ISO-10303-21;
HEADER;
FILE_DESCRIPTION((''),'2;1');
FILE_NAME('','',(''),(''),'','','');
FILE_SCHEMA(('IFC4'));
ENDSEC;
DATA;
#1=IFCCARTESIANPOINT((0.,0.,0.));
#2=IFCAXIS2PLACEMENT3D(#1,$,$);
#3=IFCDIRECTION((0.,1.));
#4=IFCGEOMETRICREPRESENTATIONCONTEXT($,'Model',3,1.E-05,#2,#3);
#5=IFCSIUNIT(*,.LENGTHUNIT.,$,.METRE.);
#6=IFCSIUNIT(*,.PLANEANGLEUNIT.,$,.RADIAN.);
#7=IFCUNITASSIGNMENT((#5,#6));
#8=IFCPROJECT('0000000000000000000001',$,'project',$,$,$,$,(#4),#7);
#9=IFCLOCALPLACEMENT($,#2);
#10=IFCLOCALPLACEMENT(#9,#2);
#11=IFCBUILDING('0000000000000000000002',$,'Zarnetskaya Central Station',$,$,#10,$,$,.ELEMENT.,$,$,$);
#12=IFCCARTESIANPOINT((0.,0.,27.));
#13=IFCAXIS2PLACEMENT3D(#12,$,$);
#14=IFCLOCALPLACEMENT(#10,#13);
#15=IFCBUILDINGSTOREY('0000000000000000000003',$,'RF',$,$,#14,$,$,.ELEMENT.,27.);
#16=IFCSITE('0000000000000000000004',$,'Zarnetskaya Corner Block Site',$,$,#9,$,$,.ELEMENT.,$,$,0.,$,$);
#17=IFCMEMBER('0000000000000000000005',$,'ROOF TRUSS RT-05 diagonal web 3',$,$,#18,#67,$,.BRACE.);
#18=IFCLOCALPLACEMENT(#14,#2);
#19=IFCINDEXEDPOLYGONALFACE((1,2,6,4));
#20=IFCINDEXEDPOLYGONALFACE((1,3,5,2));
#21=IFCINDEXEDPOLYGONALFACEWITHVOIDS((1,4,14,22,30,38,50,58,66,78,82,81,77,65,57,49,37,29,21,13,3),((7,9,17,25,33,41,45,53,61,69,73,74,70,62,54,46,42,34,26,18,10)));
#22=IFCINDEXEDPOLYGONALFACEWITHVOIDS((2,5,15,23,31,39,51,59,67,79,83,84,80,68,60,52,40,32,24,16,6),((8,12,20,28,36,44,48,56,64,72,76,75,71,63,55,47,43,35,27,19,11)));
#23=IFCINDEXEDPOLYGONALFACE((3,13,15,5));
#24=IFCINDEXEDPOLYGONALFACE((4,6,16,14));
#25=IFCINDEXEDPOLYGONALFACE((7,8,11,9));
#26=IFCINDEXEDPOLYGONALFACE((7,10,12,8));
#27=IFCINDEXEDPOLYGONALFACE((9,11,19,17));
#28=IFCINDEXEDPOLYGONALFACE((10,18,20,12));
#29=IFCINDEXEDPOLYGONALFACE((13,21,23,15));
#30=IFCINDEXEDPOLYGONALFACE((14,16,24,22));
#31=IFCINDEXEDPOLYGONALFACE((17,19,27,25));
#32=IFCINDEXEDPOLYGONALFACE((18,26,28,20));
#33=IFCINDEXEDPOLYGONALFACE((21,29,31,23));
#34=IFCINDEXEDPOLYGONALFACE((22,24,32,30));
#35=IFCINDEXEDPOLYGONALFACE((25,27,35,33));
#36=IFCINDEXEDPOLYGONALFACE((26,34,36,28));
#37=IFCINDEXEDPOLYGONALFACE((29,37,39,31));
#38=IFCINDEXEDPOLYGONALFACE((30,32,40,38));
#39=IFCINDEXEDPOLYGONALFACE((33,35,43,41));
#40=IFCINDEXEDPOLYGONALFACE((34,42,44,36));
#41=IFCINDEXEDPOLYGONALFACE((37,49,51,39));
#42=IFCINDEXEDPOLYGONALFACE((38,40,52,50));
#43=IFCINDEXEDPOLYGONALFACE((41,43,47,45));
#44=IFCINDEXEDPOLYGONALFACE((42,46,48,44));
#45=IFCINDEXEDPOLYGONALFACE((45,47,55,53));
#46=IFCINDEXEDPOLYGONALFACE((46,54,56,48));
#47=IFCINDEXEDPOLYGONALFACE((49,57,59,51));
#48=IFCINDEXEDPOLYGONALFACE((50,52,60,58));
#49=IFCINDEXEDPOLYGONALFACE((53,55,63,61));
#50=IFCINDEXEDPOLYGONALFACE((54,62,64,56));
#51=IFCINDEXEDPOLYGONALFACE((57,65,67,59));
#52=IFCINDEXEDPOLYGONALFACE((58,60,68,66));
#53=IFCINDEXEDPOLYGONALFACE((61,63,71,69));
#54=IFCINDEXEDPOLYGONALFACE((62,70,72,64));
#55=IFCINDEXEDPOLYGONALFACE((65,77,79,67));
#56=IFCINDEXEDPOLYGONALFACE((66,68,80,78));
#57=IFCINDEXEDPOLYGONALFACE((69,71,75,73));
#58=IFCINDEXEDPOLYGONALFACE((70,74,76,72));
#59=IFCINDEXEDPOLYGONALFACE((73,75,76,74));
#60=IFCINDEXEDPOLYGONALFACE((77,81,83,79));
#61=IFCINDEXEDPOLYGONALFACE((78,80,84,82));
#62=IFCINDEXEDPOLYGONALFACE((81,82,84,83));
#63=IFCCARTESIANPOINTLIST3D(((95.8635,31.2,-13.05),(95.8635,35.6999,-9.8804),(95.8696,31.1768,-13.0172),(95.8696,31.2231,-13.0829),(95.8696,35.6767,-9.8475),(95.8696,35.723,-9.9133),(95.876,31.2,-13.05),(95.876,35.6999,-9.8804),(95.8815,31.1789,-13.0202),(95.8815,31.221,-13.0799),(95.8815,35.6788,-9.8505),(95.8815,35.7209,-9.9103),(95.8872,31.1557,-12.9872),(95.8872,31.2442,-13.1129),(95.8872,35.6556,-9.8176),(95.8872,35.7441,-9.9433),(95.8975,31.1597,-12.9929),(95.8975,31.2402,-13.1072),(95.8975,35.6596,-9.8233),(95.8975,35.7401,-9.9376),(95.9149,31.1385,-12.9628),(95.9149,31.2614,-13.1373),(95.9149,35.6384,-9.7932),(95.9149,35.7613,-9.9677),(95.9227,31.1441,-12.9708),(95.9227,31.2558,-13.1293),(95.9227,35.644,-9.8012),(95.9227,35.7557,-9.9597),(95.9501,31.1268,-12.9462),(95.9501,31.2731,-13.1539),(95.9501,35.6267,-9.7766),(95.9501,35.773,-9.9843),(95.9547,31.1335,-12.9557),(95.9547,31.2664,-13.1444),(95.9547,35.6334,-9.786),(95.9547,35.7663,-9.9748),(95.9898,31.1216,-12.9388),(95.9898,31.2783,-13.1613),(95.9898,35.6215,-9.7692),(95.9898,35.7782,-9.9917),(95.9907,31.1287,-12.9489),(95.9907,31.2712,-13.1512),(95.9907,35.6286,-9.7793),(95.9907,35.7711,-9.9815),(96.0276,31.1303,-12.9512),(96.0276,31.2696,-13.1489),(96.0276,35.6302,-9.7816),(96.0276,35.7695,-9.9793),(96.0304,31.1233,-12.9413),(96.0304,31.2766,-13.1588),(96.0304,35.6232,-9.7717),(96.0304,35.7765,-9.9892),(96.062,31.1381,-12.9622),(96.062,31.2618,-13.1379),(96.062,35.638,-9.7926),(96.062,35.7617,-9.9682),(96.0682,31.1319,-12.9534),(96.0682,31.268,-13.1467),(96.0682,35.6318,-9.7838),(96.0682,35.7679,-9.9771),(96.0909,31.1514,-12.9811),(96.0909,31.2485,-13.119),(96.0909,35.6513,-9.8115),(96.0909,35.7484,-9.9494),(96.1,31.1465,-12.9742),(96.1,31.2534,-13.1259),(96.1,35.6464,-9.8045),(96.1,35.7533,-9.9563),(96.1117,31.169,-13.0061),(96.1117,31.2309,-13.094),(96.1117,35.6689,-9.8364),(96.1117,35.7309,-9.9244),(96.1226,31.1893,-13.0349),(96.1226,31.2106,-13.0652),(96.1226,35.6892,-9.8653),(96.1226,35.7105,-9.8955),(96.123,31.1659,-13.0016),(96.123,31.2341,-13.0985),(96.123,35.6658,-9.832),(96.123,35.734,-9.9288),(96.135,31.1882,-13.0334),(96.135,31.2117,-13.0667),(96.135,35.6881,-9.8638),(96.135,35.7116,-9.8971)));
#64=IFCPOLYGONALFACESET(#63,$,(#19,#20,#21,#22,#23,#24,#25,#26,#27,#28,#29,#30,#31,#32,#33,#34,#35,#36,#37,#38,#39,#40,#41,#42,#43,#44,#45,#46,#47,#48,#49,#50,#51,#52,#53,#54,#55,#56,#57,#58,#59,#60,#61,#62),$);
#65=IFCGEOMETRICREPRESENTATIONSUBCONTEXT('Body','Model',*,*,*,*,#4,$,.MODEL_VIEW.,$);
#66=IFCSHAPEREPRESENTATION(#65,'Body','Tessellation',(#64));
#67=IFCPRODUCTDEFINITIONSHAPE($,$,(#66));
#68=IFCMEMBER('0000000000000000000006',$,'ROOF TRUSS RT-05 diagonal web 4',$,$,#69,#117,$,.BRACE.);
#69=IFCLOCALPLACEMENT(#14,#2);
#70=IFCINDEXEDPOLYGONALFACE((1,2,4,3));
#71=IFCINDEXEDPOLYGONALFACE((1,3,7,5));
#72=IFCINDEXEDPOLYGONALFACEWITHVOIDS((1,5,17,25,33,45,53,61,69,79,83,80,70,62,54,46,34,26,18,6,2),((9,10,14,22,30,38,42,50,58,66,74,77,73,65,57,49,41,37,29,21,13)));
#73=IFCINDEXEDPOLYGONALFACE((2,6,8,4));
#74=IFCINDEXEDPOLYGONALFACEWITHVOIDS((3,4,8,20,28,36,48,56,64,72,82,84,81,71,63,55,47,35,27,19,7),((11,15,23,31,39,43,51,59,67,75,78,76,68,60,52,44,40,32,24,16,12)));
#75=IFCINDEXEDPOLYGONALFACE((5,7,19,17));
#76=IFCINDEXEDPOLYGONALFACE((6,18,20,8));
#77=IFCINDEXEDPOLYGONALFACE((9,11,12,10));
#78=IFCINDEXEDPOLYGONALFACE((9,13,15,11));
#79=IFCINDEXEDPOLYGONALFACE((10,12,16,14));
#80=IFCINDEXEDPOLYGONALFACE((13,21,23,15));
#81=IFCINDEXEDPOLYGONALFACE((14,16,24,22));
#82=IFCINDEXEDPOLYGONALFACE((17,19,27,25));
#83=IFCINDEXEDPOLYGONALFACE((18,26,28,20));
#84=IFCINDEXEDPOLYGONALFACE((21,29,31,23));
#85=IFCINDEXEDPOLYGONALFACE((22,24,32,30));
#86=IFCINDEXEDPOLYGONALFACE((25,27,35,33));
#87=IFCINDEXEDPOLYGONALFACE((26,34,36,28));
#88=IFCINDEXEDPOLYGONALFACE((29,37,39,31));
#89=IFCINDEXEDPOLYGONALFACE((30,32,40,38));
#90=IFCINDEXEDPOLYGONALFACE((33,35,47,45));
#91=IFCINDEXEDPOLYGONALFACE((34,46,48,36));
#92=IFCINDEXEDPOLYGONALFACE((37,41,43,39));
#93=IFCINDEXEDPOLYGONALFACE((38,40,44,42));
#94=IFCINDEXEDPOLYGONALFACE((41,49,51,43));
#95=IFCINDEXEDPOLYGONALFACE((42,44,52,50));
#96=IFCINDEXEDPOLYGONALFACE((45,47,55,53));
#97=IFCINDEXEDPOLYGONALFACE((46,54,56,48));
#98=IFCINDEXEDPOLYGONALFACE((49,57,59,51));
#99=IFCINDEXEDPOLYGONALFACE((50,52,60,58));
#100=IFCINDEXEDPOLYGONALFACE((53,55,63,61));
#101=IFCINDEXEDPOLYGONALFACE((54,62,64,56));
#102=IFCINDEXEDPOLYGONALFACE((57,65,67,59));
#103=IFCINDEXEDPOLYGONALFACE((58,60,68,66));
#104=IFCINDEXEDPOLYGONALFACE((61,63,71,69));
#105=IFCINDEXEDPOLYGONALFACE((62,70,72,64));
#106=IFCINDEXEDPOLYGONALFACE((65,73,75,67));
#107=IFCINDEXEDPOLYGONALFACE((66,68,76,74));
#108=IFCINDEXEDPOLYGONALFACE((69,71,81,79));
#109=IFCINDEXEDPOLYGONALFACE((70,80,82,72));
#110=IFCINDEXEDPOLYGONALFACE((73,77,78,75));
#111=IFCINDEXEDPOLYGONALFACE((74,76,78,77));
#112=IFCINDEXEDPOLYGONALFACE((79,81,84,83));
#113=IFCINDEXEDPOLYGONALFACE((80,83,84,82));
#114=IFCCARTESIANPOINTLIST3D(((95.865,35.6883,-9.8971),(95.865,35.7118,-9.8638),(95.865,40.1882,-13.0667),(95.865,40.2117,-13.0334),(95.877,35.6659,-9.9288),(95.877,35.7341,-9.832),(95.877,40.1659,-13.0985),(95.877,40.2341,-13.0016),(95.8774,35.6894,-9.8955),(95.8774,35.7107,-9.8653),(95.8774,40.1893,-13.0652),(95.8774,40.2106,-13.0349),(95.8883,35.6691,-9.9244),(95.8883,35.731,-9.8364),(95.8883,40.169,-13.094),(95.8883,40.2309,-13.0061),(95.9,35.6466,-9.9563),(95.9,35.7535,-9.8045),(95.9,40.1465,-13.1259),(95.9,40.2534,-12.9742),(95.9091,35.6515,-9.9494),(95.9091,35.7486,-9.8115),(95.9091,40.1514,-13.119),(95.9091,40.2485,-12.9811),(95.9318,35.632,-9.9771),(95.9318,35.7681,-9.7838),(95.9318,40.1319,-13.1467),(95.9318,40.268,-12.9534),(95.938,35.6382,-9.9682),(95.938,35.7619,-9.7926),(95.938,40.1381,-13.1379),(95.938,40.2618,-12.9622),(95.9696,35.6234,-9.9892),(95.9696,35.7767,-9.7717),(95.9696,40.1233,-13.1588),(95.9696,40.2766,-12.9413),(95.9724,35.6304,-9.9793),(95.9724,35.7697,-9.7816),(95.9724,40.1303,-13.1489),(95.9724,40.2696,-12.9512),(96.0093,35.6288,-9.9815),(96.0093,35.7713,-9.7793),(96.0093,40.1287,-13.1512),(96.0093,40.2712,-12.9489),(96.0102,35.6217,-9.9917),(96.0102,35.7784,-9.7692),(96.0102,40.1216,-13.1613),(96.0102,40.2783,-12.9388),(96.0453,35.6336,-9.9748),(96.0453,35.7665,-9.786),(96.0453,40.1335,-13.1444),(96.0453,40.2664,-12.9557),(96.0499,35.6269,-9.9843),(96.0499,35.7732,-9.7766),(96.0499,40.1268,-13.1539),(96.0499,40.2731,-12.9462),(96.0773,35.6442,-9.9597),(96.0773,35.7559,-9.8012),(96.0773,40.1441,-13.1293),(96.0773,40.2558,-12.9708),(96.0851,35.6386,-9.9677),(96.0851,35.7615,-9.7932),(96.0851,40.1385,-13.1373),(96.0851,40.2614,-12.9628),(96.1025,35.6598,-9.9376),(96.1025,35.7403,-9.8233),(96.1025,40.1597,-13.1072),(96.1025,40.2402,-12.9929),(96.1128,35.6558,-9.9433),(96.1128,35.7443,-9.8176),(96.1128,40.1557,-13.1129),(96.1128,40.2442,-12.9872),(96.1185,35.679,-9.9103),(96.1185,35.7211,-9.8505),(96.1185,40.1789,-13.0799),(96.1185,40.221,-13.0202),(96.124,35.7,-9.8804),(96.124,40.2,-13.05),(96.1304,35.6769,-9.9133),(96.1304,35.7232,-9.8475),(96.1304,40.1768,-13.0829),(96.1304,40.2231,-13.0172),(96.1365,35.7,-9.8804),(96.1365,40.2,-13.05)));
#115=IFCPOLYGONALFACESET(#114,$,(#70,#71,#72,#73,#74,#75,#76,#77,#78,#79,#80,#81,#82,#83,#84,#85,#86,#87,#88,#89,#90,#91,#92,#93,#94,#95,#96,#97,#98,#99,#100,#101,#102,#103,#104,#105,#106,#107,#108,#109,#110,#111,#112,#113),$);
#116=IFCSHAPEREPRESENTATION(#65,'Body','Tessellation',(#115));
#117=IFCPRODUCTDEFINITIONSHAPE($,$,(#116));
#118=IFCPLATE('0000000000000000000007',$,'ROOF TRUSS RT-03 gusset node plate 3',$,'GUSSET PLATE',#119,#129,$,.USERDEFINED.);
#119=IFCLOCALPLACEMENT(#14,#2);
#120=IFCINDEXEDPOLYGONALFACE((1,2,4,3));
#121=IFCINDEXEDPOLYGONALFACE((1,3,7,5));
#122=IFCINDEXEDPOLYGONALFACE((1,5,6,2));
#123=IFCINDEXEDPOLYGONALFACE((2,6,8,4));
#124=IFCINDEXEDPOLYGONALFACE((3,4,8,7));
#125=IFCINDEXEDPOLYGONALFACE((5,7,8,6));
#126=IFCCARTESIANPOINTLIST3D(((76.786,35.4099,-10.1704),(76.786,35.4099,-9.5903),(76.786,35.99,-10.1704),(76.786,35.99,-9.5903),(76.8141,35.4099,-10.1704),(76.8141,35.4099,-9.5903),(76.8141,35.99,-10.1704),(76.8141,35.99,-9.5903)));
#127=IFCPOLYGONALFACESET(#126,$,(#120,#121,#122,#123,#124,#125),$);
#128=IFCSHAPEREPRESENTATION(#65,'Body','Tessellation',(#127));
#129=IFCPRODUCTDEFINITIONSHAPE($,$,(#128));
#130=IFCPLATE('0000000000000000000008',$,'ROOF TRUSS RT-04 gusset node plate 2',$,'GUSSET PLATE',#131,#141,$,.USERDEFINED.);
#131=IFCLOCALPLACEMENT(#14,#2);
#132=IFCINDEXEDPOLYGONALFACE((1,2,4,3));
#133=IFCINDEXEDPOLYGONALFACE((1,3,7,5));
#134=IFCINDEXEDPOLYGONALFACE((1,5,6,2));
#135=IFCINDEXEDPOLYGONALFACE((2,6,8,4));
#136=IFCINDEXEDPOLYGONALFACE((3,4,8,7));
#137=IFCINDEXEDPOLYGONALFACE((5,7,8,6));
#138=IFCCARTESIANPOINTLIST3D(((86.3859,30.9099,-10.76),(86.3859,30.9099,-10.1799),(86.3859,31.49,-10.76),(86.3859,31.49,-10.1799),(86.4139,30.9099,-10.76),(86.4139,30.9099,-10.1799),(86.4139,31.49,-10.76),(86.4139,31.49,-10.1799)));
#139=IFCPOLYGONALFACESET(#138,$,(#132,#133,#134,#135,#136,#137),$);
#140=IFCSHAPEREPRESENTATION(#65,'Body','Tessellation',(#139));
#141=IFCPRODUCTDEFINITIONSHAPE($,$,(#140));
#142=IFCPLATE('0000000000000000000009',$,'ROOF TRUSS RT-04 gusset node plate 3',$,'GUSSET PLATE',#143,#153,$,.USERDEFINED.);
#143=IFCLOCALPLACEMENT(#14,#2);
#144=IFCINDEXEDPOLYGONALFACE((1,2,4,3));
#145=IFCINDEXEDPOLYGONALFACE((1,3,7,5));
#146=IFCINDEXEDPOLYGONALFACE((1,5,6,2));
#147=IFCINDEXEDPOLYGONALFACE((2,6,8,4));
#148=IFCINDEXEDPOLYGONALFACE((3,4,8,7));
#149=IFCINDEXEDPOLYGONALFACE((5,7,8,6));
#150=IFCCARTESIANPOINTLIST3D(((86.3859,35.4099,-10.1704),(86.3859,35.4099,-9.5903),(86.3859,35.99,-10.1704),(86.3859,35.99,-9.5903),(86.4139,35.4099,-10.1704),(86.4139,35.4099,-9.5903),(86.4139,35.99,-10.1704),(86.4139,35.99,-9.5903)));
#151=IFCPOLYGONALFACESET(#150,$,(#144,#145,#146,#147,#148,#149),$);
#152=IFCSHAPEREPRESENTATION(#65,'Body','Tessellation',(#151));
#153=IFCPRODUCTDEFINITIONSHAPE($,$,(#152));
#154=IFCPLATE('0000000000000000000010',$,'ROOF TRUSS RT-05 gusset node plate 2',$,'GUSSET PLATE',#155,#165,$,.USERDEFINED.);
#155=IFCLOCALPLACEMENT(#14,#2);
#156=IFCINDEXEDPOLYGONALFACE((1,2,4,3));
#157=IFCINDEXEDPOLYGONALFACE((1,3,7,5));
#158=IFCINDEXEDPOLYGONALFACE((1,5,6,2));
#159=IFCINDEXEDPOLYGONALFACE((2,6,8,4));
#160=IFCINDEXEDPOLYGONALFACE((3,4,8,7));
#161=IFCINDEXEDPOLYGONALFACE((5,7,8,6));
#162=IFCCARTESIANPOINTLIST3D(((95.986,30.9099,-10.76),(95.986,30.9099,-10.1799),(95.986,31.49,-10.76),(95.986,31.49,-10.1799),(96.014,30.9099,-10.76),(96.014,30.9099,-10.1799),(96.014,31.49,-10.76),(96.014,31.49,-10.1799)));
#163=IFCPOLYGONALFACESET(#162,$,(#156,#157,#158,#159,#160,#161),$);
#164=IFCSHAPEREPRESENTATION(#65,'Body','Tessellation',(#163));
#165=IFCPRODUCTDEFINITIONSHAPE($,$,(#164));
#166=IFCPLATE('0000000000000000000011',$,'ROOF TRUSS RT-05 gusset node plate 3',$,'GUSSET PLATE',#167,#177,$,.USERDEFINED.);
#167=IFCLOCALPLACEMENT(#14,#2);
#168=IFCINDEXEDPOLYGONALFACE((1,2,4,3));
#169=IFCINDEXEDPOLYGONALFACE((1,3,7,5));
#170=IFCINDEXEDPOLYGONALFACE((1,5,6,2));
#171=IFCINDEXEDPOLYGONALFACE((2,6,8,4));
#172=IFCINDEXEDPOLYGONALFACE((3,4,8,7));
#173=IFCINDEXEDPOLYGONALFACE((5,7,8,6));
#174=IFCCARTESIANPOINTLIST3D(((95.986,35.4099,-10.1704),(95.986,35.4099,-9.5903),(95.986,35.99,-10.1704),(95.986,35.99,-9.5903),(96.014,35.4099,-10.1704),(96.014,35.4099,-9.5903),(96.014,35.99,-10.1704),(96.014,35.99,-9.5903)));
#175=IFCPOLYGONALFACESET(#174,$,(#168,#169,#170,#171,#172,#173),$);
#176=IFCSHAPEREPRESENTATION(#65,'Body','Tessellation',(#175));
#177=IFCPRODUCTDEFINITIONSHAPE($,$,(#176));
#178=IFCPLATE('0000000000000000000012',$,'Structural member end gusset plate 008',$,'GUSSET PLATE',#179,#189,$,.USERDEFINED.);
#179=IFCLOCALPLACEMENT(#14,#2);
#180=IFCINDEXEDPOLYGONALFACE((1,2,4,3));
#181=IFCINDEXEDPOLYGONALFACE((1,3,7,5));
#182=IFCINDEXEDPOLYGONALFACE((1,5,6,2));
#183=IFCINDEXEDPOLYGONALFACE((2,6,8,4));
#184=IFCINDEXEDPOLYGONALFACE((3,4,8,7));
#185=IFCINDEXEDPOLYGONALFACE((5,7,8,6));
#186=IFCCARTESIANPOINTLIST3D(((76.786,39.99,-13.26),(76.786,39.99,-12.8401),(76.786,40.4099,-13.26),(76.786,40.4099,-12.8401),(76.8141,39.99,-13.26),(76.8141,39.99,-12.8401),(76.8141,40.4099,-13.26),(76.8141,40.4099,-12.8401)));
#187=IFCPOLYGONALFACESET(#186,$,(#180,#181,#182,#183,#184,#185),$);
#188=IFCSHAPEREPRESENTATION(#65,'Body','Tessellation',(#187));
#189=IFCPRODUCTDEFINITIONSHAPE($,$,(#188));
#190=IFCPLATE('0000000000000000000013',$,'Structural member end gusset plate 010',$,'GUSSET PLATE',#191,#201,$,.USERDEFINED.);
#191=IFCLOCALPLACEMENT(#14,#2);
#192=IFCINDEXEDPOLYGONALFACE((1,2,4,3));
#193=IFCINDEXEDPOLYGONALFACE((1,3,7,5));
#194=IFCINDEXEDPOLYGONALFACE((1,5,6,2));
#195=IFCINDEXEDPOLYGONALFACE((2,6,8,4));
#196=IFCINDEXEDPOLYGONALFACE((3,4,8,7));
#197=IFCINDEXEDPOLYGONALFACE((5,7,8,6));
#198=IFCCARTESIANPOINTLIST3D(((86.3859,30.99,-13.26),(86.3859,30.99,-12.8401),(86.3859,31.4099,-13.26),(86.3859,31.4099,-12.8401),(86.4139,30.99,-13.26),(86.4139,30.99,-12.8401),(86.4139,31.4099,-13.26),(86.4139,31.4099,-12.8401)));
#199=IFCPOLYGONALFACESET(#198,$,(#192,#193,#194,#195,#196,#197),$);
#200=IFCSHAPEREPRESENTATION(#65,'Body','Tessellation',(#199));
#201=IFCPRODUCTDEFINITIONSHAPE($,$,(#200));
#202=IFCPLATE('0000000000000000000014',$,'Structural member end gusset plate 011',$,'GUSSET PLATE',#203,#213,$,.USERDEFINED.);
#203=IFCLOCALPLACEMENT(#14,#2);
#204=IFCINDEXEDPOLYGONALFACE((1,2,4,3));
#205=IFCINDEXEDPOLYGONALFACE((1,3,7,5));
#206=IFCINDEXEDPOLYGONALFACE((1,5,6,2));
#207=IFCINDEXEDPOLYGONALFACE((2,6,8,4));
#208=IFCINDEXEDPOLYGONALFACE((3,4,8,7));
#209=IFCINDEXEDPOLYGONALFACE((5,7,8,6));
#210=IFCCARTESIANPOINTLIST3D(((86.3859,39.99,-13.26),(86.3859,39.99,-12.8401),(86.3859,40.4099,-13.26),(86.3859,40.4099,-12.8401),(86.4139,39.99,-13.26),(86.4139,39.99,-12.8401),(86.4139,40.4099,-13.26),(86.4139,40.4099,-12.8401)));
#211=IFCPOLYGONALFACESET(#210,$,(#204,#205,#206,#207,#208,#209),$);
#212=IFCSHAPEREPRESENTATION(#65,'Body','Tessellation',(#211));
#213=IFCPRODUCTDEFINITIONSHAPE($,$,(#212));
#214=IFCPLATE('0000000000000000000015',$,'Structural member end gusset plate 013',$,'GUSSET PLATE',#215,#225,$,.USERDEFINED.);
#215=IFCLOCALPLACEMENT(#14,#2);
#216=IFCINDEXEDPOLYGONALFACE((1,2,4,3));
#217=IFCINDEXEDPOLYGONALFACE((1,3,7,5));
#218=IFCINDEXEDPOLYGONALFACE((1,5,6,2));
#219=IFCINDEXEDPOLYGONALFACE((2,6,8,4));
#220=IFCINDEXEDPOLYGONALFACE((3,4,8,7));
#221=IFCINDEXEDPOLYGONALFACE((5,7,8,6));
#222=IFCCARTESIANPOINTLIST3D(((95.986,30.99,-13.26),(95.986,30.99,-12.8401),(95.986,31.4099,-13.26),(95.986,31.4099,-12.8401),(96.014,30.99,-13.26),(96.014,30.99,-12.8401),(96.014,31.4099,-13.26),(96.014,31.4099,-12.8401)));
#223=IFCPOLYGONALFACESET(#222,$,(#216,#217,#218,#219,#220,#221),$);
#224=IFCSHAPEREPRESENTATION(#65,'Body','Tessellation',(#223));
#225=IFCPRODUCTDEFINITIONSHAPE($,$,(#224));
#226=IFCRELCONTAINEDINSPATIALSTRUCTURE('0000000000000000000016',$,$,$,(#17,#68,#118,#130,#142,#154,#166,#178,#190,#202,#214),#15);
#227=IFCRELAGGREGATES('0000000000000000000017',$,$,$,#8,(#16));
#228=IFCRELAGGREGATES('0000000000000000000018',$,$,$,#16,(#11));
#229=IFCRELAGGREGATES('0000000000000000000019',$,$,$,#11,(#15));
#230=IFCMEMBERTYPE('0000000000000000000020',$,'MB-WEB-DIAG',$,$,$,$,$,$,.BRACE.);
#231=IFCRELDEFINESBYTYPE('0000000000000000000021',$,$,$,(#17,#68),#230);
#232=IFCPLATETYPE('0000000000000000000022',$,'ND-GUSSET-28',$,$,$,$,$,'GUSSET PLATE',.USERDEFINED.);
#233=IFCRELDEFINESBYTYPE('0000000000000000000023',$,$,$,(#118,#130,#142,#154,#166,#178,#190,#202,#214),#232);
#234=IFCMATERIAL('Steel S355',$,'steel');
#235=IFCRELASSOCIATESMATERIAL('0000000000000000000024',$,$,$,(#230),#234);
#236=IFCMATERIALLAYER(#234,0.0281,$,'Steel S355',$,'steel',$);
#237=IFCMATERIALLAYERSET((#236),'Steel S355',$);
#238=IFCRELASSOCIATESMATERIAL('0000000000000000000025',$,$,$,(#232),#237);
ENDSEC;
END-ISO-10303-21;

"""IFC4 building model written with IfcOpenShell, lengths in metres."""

from ifc_helpers import new_model, si_unit, direction, frame, origin, origin_2d, place, context, subcontext, project, spatial, rectangle, hollow_circle, extrude, material, layer, layer_set, material_profile, profile_set, type_object, element, save


model = new_model("IFC4")

# Units and contexts
model_context = context("Model", 3, precision=1e-05, world=origin(), true_north=direction((0.0, 1.0)))
body_context = subcontext(model_context, "Body", "Model", "MODEL_VIEW")
ifc_project = project(units=[si_unit("LENGTHUNIT", "METRE"), si_unit("PLANEANGLEUNIT", "RADIAN")], contexts=[model_context])

# Site, building, storey
site_placement = place(None, origin())
site = spatial("IfcSite", under=ifc_project, at=site_placement, Name="Zarnetskaya Corner Block Site", CompositionType="ELEMENT", RefElevation=0.0)
building_placement = place(site_placement, origin())
building = spatial("IfcBuilding", under=site, at=building_placement, Name="Zarnetskaya Central Station", CompositionType="ELEMENT")
storey_placement = place(building_placement, frame((0.0, 0.0, 27.0)))
storey = spatial("IfcBuildingStorey", under=building, at=storey_placement, Name="RF", CompositionType="ELEMENT", Elevation=27.0)

# Shared definitions
ifc_material = material(Name="Steel S355", Category="steel")

# Members
ifc_material_profile_1 = material_profile(ifc_material, hollow_circle(Radius=0.1365, WallThickness=0.0125, at=origin_2d()), Name="CHS 273x12.5")
ifc_profile_set_1 = profile_set([ifc_material_profile_1], Name="Steel S355")
member_type_1 = type_object("IfcMemberType", Name="MB-WEB-DIAG", PredefinedType="BRACE", material=ifc_profile_set_1)
for number, where, z_axis, x_axis, name in (
    (1, (96.0, 31.2, -13.05), (0.0, 0.817549, 0.575859), (-1.0, 0.0, 0.0), "ROOF TRUSS RT-05 diagonal web 3"),
    (2, (96.0, 40.2, -13.05), (0.0, -0.817549, 0.575859), (1.0, 0.0, 0.0), "ROOF TRUSS RT-05 diagonal web 4"),
):
    element("IfcMember", number, at=place(storey_placement, frame(where, z_axis=z_axis, x_axis=x_axis)), inside=storey, type_object=member_type_1, Name=name, PredefinedType="BRACE", context=body_context, shape_type="SweptSolid", body=[
        extrude(hollow_circle(Radius=0.1365, WallThickness=0.0125, at=origin_2d()), origin(), (0.0, 0.0, 1.0), 5.5042),
    ])

# Plates
ifc_layer_1 = layer(ifc_material, 0.0281, Name="Steel S355", Category="steel")
ifc_layer_set_1 = layer_set([ifc_layer_1], Name="Steel S355")
plate_type_1 = type_object("IfcPlateType", Name="ND-GUSSET-28", ElementType="GUSSET PLATE", PredefinedType="USERDEFINED", material=ifc_layer_set_1)
for number, where, z_axis, x_axis, name in (
    (3, (76.8, 35.7, -10.1704), (0.0, 0.0, 1.0), (1.0, 0.0, 0.0), "ROOF TRUSS RT-03 gusset node plate 3"),
    (4, (86.3999, 31.2, -10.76), (0.0, 0.0, 1.0), (1.0, 0.0, 0.0), "ROOF TRUSS RT-04 gusset node plate 2"),
    (5, (86.3999, 35.7, -10.1704), (0.0, 0.0, 1.0), (1.0, 0.0, 0.0), "ROOF TRUSS RT-04 gusset node plate 3"),
    (6, (96.0, 31.2, -10.76), (0.0, 0.0, 1.0), (1.0, 0.0, 0.0), "ROOF TRUSS RT-05 gusset node plate 2"),
    (7, (96.0, 35.7, -10.1704), (0.0, 0.0, 1.0), (1.0, 0.0, 0.0), "ROOF TRUSS RT-05 gusset node plate 3"),
):
    element("IfcPlate", number, at=place(storey_placement, frame(where, z_axis=z_axis, x_axis=x_axis)), inside=storey, type_object=plate_type_1, Name=name, ObjectType="GUSSET PLATE", PredefinedType="USERDEFINED", context=body_context, shape_type="SweptSolid", body=[
        extrude(rectangle(XDim=0.0281, YDim=0.5801, at=origin_2d()), origin(), (0.0, 0.0, 1.0), 0.5801),
    ])
for number, where, z_axis, x_axis, name in (
    (8, (76.8, 40.2, -13.26), (0.0, 0.0, 1.0), (1.0, 0.0, 0.0), "Structural member end gusset plate 008"),
    (9, (86.3999, 31.2, -13.26), (0.0, 0.0, 1.0), (1.0, 0.0, 0.0), "Structural member end gusset plate 010"),
    (10, (86.3999, 40.2, -13.26), (0.0, 0.0, 1.0), (1.0, 0.0, 0.0), "Structural member end gusset plate 011"),
    (11, (96.0, 31.2, -13.26), (0.0, 0.0, 1.0), (1.0, 0.0, 0.0), "Structural member end gusset plate 013"),
):
    element("IfcPlate", number, at=place(storey_placement, frame(where, z_axis=z_axis, x_axis=x_axis)), inside=storey, type_object=plate_type_1, Name=name, ObjectType="GUSSET PLATE", PredefinedType="USERDEFINED", context=body_context, shape_type="SweptSolid", body=[
        extrude(rectangle(XDim=0.0281, YDim=0.4199, at=origin_2d()), origin(), (0.0, 0.0, 1.0), 0.4199),
    ])

save(model, "model.ifc")
